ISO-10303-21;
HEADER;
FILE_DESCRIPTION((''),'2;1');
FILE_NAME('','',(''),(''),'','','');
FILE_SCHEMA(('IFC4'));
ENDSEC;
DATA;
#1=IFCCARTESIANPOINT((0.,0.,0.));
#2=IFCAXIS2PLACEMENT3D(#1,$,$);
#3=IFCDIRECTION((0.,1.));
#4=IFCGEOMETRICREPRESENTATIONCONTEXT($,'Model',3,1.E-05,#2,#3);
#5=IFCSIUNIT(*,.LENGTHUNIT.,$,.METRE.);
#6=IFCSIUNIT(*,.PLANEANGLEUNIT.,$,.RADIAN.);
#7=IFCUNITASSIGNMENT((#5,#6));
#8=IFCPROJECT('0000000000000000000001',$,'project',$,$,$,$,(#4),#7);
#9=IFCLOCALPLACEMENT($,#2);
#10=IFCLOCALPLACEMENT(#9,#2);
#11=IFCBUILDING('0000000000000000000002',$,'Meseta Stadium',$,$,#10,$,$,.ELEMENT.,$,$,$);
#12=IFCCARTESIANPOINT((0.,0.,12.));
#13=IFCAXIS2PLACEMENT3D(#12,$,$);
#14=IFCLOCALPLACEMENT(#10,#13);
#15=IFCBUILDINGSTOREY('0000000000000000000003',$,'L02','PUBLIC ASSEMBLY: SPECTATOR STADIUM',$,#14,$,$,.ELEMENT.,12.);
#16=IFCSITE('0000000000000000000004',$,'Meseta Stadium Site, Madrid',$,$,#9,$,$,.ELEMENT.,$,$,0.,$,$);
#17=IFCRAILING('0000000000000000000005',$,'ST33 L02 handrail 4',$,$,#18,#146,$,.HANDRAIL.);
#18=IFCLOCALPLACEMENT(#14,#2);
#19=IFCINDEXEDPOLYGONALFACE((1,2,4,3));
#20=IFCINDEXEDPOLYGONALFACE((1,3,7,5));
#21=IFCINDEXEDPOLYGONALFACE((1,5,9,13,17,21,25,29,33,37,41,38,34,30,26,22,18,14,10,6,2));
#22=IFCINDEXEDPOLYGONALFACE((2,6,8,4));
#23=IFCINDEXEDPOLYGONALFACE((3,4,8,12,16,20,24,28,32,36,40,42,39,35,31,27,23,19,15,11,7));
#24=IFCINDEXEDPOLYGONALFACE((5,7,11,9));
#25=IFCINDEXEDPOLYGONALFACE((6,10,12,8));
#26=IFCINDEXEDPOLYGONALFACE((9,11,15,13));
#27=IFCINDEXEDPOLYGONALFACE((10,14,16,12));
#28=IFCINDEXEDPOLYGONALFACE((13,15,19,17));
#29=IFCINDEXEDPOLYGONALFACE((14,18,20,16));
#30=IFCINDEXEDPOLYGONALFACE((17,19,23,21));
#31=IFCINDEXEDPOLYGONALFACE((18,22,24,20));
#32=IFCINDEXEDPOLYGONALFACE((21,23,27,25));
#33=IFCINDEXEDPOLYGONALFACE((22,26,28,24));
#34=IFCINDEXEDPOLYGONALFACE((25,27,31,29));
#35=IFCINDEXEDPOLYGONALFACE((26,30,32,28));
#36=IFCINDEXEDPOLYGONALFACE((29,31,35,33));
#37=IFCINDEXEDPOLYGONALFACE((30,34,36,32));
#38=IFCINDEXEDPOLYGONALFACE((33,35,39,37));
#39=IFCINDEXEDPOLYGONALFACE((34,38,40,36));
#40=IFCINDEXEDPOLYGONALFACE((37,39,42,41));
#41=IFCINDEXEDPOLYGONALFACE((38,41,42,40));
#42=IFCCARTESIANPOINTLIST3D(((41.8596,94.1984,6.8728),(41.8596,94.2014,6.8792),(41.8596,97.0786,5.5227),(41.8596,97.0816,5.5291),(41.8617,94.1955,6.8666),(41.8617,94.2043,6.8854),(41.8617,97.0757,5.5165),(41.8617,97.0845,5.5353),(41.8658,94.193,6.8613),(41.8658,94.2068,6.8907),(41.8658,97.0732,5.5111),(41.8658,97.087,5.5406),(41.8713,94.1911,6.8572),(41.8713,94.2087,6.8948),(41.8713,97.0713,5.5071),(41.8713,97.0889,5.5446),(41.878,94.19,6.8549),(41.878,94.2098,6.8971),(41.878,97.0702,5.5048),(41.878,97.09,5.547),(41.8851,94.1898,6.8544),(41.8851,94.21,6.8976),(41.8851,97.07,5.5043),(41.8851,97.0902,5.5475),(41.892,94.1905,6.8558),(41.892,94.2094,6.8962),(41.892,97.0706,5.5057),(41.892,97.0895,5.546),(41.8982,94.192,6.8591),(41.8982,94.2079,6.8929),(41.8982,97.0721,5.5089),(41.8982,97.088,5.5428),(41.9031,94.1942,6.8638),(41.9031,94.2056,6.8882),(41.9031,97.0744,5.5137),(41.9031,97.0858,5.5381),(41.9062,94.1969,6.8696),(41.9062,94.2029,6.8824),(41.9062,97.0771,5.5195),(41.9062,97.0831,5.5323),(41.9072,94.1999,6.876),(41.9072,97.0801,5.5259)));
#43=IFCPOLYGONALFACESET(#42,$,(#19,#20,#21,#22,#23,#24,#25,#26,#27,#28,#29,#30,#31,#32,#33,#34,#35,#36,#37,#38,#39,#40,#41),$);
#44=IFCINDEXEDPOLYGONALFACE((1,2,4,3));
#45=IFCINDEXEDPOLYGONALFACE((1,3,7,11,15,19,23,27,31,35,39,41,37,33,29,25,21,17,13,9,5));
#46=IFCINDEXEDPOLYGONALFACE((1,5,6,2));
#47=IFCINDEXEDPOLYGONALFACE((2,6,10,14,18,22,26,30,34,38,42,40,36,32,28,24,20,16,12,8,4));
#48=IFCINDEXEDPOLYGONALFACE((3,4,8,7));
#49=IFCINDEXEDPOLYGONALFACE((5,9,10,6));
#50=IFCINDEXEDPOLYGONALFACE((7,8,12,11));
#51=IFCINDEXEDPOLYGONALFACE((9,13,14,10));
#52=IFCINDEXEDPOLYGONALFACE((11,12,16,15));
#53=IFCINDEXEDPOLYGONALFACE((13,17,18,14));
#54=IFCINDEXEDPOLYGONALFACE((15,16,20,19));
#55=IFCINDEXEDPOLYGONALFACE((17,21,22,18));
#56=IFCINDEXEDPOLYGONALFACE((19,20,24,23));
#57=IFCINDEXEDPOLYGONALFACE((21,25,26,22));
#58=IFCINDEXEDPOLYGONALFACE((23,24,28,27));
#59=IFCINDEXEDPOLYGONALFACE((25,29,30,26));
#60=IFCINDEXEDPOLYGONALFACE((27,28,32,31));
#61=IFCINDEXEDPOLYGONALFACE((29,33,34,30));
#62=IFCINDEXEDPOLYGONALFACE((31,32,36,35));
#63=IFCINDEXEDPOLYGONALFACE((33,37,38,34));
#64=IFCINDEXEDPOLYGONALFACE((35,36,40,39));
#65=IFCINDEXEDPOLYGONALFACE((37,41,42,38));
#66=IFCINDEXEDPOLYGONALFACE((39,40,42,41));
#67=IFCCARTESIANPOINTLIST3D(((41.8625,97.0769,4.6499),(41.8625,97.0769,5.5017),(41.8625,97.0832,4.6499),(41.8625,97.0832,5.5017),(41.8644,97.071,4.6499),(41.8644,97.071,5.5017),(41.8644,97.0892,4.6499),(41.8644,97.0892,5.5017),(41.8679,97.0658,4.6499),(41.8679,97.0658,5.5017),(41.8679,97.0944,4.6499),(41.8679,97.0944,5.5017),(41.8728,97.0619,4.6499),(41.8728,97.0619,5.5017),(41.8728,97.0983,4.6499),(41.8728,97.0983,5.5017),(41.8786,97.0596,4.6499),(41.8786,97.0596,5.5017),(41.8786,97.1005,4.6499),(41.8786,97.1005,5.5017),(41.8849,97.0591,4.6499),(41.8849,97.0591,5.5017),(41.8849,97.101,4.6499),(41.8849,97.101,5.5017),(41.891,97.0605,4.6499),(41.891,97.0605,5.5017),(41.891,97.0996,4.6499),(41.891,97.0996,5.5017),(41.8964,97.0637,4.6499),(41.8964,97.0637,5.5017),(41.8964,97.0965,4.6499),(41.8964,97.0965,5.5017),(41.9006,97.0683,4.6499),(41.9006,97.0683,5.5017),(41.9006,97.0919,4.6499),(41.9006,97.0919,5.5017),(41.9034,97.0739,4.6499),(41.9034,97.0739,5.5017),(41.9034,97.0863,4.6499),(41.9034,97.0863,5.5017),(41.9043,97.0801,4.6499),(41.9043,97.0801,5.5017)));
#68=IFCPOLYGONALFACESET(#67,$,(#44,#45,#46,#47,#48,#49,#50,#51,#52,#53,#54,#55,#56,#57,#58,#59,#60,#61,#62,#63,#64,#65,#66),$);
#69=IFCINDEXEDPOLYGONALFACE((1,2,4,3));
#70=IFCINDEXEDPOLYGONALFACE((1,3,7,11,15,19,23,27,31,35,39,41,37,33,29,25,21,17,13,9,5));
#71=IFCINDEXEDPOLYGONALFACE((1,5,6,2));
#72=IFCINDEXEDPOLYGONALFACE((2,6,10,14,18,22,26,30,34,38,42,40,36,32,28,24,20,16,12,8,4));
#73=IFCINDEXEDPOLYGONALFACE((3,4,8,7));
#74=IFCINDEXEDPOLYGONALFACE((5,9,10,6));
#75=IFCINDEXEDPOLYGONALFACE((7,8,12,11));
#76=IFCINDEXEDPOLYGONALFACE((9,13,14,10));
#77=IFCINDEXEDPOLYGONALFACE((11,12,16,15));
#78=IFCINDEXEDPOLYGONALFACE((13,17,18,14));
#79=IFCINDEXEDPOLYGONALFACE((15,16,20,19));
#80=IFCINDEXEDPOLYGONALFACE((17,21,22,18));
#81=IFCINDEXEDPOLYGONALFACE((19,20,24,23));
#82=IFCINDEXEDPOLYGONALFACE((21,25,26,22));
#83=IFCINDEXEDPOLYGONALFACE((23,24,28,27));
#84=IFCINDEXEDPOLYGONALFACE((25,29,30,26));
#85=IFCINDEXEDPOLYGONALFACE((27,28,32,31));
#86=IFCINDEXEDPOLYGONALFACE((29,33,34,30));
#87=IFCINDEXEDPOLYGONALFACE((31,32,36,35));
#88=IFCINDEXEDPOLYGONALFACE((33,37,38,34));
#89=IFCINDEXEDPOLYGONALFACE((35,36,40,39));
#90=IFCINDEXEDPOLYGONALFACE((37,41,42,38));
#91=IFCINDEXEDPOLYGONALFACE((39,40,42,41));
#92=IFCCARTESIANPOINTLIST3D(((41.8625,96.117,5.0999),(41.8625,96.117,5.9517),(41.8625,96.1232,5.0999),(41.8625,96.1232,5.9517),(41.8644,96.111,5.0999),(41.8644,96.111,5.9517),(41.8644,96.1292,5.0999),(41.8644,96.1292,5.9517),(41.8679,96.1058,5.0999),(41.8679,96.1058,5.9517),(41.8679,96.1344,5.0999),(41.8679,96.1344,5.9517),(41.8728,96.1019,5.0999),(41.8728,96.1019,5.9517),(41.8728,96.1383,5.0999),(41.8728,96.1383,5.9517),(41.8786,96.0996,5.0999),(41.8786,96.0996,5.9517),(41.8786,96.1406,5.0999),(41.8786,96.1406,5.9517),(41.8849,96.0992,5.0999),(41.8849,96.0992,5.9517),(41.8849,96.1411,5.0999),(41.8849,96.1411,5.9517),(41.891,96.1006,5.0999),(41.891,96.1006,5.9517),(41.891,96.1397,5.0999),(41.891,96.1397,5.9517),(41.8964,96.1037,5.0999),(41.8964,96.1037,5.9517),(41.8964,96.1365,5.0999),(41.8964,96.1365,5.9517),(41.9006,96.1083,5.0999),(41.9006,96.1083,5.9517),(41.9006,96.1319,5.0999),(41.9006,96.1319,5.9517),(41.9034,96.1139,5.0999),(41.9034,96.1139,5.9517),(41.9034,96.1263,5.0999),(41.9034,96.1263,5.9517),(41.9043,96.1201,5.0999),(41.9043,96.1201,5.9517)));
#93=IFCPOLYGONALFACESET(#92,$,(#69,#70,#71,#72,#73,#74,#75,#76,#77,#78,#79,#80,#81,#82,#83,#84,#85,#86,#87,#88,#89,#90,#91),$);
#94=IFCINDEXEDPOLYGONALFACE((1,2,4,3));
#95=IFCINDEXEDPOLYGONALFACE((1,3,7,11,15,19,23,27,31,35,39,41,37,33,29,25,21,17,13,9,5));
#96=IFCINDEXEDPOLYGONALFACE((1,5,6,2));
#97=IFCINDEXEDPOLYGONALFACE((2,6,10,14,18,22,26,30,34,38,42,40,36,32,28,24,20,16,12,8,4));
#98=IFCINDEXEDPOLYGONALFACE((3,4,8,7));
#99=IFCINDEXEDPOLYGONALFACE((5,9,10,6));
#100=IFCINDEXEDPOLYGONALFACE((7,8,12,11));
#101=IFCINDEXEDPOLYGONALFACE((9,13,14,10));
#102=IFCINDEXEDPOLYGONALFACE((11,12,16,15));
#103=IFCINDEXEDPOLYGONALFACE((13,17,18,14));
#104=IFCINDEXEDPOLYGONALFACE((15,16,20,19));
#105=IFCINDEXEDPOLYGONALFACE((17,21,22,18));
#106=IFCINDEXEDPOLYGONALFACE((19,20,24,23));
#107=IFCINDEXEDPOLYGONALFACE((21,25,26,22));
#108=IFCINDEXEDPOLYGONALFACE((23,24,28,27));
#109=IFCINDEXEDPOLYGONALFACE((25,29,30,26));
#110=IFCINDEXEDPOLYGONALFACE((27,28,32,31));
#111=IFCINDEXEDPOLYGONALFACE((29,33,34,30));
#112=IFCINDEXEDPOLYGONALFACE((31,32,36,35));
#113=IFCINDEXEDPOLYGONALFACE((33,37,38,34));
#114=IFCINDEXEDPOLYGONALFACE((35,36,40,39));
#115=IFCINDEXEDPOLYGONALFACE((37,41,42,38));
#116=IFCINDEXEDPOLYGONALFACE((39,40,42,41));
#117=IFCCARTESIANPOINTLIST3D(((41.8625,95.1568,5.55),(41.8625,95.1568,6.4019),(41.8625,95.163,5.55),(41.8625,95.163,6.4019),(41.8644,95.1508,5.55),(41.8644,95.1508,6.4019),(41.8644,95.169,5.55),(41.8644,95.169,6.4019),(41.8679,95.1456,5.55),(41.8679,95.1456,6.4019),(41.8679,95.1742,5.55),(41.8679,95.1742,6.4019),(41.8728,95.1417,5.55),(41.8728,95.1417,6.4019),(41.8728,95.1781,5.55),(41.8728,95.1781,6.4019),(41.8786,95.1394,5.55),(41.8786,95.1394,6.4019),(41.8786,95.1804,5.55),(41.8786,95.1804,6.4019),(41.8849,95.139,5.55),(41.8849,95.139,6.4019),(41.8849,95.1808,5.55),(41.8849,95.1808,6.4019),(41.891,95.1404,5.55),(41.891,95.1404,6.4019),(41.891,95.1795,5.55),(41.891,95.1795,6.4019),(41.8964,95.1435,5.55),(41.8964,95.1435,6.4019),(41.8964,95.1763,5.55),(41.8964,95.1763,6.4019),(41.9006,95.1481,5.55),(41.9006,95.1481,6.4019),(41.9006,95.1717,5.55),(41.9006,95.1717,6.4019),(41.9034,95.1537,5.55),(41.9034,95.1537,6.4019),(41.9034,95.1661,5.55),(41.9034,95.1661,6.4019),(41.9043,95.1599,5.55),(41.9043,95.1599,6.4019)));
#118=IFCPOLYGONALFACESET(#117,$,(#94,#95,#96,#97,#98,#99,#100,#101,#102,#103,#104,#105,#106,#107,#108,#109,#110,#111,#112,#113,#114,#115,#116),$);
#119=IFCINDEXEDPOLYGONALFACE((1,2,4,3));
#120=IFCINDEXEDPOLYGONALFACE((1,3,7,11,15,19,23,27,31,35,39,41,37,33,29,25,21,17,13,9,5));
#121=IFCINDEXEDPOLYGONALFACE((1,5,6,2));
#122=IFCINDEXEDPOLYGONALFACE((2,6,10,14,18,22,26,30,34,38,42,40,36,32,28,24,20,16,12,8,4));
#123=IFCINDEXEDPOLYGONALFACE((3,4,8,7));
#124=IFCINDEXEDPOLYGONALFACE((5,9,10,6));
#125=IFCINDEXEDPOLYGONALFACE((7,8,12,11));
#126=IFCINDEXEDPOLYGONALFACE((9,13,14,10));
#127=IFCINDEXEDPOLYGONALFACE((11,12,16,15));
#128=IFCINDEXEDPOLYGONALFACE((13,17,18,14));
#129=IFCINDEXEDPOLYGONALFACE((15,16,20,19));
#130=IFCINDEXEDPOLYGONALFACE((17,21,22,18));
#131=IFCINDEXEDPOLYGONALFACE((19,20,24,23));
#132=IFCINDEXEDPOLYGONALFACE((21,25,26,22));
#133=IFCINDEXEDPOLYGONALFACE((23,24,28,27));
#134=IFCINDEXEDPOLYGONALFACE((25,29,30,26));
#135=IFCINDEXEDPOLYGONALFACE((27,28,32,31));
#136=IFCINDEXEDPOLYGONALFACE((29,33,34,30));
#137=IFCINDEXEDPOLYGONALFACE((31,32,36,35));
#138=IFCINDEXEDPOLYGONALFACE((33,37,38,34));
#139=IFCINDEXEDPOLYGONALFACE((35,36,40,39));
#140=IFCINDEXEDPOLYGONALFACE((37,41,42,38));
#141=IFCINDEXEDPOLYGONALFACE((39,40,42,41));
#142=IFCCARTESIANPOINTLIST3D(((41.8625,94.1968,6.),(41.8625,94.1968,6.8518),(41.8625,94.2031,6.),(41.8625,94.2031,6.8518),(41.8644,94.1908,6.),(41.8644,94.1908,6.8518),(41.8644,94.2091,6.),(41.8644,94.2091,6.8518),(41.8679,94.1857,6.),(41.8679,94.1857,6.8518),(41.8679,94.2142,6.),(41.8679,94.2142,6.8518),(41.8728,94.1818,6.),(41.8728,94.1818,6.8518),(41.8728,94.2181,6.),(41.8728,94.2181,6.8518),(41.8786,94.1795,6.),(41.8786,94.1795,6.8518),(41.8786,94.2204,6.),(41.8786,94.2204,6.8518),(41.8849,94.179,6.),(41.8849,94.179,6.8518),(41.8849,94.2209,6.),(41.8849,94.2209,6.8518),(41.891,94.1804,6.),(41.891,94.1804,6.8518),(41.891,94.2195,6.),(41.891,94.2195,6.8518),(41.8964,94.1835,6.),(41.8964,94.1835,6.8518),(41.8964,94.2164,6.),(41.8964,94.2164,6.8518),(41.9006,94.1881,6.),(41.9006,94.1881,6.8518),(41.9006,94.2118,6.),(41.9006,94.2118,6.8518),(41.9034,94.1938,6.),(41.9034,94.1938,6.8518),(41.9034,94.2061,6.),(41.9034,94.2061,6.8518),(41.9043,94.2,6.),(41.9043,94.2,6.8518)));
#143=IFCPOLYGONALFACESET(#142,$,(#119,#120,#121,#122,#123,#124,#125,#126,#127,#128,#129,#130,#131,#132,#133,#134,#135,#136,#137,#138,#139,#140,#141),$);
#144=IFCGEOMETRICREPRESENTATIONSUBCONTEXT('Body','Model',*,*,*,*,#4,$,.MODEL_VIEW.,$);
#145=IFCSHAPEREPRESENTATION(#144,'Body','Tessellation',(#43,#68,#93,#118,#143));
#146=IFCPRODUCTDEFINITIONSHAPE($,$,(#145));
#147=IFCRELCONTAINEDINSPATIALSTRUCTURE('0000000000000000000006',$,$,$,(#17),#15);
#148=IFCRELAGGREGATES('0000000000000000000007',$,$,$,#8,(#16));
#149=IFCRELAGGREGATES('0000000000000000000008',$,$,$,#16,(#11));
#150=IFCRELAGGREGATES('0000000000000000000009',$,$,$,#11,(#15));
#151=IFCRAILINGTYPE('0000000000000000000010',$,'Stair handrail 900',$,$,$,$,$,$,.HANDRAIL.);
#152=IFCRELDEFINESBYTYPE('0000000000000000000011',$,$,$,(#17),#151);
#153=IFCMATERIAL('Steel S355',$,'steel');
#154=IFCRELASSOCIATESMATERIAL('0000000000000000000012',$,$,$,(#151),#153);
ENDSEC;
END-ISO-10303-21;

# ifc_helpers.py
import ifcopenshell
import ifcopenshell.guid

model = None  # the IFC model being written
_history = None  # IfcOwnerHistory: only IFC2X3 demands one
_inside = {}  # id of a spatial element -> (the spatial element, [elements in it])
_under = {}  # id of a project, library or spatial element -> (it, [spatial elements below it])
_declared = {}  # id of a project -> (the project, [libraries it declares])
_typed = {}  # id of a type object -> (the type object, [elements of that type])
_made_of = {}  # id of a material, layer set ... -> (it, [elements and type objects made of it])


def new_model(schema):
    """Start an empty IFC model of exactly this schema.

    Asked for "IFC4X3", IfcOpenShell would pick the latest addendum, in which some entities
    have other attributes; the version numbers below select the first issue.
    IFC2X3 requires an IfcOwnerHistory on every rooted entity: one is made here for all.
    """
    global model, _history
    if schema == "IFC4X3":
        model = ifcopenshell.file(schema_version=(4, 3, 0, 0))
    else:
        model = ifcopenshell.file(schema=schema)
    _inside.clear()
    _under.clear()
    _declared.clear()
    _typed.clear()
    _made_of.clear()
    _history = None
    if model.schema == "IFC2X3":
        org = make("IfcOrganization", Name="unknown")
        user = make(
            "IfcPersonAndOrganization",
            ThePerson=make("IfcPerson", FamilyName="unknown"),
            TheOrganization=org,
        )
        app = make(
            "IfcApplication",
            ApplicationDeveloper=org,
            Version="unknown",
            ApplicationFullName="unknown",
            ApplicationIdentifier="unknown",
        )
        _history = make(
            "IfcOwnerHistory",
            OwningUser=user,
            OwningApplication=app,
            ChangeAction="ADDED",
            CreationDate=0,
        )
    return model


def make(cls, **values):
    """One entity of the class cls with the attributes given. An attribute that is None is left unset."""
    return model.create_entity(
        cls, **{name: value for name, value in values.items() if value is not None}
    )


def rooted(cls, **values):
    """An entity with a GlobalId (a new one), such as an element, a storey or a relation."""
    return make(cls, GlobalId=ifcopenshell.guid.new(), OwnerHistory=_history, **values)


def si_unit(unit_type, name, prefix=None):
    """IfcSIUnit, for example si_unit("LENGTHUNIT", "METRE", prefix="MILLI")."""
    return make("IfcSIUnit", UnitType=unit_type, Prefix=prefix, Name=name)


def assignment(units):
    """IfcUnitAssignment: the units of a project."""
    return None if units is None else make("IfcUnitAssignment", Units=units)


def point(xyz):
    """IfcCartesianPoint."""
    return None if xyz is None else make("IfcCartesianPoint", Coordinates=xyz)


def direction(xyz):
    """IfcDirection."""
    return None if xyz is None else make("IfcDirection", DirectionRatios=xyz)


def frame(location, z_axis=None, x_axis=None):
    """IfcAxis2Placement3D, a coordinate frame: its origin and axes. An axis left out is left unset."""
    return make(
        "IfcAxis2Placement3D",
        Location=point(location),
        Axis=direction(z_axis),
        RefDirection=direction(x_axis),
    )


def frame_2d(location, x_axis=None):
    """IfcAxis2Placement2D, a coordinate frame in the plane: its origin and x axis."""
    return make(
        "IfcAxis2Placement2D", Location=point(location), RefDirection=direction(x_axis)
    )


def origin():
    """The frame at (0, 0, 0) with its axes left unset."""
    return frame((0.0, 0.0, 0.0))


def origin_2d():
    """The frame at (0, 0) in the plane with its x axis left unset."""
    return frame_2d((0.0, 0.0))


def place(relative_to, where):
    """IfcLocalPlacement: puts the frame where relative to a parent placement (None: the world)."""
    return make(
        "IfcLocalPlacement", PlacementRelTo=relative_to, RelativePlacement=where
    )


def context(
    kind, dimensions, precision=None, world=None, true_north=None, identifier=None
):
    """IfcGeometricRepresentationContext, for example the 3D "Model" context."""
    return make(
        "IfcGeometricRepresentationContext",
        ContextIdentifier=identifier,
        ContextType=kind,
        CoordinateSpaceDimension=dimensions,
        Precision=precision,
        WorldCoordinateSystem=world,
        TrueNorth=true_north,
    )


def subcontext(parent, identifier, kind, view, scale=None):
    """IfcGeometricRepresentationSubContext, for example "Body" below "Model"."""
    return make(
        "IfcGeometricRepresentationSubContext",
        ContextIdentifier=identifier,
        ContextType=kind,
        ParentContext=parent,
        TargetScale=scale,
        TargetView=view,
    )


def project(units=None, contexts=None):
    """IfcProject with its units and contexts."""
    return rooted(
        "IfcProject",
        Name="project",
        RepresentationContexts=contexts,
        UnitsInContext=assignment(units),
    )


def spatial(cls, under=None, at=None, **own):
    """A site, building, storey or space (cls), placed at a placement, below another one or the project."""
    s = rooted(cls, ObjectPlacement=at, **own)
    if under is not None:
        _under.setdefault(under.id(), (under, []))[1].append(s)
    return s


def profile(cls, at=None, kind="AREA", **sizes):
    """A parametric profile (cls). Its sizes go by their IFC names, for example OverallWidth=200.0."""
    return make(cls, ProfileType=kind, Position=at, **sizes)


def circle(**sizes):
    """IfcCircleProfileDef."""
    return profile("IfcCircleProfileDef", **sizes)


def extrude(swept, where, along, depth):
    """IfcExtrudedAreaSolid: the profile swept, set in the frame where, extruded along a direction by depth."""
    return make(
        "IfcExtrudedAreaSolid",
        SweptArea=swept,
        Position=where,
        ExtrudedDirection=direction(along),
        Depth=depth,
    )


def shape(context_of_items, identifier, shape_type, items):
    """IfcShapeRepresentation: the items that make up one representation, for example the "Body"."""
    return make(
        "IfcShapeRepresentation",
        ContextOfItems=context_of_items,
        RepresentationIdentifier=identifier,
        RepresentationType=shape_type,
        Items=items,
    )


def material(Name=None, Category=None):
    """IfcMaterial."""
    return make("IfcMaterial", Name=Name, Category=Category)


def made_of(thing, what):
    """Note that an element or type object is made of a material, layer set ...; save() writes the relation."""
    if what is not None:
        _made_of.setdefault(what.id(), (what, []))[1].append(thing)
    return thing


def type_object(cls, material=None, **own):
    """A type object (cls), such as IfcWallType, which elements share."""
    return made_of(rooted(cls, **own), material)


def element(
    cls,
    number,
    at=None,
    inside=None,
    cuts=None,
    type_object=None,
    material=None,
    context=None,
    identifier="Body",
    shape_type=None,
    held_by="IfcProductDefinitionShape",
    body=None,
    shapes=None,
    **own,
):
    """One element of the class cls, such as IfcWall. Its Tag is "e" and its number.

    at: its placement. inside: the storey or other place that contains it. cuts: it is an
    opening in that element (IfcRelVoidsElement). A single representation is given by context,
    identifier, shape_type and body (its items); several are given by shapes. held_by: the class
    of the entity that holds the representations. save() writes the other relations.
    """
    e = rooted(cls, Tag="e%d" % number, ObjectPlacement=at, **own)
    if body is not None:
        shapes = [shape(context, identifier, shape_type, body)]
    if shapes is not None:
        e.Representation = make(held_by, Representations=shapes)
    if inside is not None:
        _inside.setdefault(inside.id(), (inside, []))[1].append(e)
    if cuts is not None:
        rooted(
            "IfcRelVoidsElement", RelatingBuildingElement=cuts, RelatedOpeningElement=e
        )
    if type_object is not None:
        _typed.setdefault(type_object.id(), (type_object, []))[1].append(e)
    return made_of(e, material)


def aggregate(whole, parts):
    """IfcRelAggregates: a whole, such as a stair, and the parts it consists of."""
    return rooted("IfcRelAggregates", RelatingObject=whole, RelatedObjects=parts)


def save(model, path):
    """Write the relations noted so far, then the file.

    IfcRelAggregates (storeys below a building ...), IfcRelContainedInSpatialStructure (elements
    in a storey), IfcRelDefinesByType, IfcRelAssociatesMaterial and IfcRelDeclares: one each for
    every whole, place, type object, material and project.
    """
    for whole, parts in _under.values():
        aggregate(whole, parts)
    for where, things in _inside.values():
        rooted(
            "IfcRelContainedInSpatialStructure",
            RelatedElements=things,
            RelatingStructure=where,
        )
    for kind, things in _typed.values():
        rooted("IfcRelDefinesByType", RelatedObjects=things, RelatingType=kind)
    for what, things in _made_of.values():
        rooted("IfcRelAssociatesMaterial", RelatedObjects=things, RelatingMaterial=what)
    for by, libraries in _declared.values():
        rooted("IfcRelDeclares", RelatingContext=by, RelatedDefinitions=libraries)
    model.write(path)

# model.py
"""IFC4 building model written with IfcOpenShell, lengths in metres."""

from ifc_helpers import new_model, si_unit, direction, frame, origin, origin_2d, place, context, subcontext, project, spatial, circle, extrude, material, type_object, element, save


model = new_model("IFC4")

# Units and contexts
model_context = context("Model", 3, precision=1e-05, world=origin(), true_north=direction((0.0, 1.0)))
body_context = subcontext(model_context, "Body", "Model", "MODEL_VIEW")
ifc_project = project(units=[si_unit("LENGTHUNIT", "METRE"), si_unit("PLANEANGLEUNIT", "RADIAN")], contexts=[model_context])

# Site, building, storey
site_placement = place(None, origin())
site = spatial("IfcSite", under=ifc_project, at=site_placement, Name="Meseta Stadium Site, Madrid", CompositionType="ELEMENT", RefElevation=0.0)
building_placement = place(site_placement, origin())
building = spatial("IfcBuilding", under=site, at=building_placement, Name="Meseta Stadium", CompositionType="ELEMENT")
storey_placement = place(building_placement, frame((0.0, 0.0, 12.0)))
storey = spatial("IfcBuildingStorey", under=building, at=storey_placement, Name="L02", Description="PUBLIC ASSEMBLY: SPECTATOR STADIUM", CompositionType="ELEMENT", Elevation=12.0)

# Railing
ifc_material_1 = material(Name="Steel S355", Category="steel")
railing_type_1 = type_object("IfcRailingType", Name="Stair handrail 900", PredefinedType="HANDRAIL", material=ifc_material_1)
railing_1_placement = place(storey_placement, frame((41.8833, 97.0801, 4.6499)))
element("IfcRailing", 1, at=railing_1_placement, inside=storey, type_object=railing_type_1, Name="ST33 L02 handrail 4", PredefinedType="HANDRAIL", context=body_context, shape_type="SweptSolid", body=[
    extrude(circle(Radius=0.0239, at=origin_2d()), frame((0.0, 0.0, 0.876), z_axis=(0.0, -0.905454, 0.424444), x_axis=(1.0, 0.0, 0.0)), (0.0, 0.0, 1.0), 3.1809),
    extrude(circle(Radius=0.021, at=origin_2d()), origin(), (0.0, 0.0, 1.0), 0.8518),
    extrude(circle(Radius=0.021, at=origin_2d()), frame((0.0, -0.96, 0.45)), (0.0, 0.0, 1.0), 0.8518),
    extrude(circle(Radius=0.021, at=origin_2d()), frame((0.0, -1.9202, 0.9001)), (0.0, 0.0, 1.0), 0.8518),
    extrude(circle(Radius=0.021, at=origin_2d()), frame((0.0, -2.8801, 1.3501)), (0.0, 0.0, 1.0), 0.8518),
])

save(model, "model.ifc")
